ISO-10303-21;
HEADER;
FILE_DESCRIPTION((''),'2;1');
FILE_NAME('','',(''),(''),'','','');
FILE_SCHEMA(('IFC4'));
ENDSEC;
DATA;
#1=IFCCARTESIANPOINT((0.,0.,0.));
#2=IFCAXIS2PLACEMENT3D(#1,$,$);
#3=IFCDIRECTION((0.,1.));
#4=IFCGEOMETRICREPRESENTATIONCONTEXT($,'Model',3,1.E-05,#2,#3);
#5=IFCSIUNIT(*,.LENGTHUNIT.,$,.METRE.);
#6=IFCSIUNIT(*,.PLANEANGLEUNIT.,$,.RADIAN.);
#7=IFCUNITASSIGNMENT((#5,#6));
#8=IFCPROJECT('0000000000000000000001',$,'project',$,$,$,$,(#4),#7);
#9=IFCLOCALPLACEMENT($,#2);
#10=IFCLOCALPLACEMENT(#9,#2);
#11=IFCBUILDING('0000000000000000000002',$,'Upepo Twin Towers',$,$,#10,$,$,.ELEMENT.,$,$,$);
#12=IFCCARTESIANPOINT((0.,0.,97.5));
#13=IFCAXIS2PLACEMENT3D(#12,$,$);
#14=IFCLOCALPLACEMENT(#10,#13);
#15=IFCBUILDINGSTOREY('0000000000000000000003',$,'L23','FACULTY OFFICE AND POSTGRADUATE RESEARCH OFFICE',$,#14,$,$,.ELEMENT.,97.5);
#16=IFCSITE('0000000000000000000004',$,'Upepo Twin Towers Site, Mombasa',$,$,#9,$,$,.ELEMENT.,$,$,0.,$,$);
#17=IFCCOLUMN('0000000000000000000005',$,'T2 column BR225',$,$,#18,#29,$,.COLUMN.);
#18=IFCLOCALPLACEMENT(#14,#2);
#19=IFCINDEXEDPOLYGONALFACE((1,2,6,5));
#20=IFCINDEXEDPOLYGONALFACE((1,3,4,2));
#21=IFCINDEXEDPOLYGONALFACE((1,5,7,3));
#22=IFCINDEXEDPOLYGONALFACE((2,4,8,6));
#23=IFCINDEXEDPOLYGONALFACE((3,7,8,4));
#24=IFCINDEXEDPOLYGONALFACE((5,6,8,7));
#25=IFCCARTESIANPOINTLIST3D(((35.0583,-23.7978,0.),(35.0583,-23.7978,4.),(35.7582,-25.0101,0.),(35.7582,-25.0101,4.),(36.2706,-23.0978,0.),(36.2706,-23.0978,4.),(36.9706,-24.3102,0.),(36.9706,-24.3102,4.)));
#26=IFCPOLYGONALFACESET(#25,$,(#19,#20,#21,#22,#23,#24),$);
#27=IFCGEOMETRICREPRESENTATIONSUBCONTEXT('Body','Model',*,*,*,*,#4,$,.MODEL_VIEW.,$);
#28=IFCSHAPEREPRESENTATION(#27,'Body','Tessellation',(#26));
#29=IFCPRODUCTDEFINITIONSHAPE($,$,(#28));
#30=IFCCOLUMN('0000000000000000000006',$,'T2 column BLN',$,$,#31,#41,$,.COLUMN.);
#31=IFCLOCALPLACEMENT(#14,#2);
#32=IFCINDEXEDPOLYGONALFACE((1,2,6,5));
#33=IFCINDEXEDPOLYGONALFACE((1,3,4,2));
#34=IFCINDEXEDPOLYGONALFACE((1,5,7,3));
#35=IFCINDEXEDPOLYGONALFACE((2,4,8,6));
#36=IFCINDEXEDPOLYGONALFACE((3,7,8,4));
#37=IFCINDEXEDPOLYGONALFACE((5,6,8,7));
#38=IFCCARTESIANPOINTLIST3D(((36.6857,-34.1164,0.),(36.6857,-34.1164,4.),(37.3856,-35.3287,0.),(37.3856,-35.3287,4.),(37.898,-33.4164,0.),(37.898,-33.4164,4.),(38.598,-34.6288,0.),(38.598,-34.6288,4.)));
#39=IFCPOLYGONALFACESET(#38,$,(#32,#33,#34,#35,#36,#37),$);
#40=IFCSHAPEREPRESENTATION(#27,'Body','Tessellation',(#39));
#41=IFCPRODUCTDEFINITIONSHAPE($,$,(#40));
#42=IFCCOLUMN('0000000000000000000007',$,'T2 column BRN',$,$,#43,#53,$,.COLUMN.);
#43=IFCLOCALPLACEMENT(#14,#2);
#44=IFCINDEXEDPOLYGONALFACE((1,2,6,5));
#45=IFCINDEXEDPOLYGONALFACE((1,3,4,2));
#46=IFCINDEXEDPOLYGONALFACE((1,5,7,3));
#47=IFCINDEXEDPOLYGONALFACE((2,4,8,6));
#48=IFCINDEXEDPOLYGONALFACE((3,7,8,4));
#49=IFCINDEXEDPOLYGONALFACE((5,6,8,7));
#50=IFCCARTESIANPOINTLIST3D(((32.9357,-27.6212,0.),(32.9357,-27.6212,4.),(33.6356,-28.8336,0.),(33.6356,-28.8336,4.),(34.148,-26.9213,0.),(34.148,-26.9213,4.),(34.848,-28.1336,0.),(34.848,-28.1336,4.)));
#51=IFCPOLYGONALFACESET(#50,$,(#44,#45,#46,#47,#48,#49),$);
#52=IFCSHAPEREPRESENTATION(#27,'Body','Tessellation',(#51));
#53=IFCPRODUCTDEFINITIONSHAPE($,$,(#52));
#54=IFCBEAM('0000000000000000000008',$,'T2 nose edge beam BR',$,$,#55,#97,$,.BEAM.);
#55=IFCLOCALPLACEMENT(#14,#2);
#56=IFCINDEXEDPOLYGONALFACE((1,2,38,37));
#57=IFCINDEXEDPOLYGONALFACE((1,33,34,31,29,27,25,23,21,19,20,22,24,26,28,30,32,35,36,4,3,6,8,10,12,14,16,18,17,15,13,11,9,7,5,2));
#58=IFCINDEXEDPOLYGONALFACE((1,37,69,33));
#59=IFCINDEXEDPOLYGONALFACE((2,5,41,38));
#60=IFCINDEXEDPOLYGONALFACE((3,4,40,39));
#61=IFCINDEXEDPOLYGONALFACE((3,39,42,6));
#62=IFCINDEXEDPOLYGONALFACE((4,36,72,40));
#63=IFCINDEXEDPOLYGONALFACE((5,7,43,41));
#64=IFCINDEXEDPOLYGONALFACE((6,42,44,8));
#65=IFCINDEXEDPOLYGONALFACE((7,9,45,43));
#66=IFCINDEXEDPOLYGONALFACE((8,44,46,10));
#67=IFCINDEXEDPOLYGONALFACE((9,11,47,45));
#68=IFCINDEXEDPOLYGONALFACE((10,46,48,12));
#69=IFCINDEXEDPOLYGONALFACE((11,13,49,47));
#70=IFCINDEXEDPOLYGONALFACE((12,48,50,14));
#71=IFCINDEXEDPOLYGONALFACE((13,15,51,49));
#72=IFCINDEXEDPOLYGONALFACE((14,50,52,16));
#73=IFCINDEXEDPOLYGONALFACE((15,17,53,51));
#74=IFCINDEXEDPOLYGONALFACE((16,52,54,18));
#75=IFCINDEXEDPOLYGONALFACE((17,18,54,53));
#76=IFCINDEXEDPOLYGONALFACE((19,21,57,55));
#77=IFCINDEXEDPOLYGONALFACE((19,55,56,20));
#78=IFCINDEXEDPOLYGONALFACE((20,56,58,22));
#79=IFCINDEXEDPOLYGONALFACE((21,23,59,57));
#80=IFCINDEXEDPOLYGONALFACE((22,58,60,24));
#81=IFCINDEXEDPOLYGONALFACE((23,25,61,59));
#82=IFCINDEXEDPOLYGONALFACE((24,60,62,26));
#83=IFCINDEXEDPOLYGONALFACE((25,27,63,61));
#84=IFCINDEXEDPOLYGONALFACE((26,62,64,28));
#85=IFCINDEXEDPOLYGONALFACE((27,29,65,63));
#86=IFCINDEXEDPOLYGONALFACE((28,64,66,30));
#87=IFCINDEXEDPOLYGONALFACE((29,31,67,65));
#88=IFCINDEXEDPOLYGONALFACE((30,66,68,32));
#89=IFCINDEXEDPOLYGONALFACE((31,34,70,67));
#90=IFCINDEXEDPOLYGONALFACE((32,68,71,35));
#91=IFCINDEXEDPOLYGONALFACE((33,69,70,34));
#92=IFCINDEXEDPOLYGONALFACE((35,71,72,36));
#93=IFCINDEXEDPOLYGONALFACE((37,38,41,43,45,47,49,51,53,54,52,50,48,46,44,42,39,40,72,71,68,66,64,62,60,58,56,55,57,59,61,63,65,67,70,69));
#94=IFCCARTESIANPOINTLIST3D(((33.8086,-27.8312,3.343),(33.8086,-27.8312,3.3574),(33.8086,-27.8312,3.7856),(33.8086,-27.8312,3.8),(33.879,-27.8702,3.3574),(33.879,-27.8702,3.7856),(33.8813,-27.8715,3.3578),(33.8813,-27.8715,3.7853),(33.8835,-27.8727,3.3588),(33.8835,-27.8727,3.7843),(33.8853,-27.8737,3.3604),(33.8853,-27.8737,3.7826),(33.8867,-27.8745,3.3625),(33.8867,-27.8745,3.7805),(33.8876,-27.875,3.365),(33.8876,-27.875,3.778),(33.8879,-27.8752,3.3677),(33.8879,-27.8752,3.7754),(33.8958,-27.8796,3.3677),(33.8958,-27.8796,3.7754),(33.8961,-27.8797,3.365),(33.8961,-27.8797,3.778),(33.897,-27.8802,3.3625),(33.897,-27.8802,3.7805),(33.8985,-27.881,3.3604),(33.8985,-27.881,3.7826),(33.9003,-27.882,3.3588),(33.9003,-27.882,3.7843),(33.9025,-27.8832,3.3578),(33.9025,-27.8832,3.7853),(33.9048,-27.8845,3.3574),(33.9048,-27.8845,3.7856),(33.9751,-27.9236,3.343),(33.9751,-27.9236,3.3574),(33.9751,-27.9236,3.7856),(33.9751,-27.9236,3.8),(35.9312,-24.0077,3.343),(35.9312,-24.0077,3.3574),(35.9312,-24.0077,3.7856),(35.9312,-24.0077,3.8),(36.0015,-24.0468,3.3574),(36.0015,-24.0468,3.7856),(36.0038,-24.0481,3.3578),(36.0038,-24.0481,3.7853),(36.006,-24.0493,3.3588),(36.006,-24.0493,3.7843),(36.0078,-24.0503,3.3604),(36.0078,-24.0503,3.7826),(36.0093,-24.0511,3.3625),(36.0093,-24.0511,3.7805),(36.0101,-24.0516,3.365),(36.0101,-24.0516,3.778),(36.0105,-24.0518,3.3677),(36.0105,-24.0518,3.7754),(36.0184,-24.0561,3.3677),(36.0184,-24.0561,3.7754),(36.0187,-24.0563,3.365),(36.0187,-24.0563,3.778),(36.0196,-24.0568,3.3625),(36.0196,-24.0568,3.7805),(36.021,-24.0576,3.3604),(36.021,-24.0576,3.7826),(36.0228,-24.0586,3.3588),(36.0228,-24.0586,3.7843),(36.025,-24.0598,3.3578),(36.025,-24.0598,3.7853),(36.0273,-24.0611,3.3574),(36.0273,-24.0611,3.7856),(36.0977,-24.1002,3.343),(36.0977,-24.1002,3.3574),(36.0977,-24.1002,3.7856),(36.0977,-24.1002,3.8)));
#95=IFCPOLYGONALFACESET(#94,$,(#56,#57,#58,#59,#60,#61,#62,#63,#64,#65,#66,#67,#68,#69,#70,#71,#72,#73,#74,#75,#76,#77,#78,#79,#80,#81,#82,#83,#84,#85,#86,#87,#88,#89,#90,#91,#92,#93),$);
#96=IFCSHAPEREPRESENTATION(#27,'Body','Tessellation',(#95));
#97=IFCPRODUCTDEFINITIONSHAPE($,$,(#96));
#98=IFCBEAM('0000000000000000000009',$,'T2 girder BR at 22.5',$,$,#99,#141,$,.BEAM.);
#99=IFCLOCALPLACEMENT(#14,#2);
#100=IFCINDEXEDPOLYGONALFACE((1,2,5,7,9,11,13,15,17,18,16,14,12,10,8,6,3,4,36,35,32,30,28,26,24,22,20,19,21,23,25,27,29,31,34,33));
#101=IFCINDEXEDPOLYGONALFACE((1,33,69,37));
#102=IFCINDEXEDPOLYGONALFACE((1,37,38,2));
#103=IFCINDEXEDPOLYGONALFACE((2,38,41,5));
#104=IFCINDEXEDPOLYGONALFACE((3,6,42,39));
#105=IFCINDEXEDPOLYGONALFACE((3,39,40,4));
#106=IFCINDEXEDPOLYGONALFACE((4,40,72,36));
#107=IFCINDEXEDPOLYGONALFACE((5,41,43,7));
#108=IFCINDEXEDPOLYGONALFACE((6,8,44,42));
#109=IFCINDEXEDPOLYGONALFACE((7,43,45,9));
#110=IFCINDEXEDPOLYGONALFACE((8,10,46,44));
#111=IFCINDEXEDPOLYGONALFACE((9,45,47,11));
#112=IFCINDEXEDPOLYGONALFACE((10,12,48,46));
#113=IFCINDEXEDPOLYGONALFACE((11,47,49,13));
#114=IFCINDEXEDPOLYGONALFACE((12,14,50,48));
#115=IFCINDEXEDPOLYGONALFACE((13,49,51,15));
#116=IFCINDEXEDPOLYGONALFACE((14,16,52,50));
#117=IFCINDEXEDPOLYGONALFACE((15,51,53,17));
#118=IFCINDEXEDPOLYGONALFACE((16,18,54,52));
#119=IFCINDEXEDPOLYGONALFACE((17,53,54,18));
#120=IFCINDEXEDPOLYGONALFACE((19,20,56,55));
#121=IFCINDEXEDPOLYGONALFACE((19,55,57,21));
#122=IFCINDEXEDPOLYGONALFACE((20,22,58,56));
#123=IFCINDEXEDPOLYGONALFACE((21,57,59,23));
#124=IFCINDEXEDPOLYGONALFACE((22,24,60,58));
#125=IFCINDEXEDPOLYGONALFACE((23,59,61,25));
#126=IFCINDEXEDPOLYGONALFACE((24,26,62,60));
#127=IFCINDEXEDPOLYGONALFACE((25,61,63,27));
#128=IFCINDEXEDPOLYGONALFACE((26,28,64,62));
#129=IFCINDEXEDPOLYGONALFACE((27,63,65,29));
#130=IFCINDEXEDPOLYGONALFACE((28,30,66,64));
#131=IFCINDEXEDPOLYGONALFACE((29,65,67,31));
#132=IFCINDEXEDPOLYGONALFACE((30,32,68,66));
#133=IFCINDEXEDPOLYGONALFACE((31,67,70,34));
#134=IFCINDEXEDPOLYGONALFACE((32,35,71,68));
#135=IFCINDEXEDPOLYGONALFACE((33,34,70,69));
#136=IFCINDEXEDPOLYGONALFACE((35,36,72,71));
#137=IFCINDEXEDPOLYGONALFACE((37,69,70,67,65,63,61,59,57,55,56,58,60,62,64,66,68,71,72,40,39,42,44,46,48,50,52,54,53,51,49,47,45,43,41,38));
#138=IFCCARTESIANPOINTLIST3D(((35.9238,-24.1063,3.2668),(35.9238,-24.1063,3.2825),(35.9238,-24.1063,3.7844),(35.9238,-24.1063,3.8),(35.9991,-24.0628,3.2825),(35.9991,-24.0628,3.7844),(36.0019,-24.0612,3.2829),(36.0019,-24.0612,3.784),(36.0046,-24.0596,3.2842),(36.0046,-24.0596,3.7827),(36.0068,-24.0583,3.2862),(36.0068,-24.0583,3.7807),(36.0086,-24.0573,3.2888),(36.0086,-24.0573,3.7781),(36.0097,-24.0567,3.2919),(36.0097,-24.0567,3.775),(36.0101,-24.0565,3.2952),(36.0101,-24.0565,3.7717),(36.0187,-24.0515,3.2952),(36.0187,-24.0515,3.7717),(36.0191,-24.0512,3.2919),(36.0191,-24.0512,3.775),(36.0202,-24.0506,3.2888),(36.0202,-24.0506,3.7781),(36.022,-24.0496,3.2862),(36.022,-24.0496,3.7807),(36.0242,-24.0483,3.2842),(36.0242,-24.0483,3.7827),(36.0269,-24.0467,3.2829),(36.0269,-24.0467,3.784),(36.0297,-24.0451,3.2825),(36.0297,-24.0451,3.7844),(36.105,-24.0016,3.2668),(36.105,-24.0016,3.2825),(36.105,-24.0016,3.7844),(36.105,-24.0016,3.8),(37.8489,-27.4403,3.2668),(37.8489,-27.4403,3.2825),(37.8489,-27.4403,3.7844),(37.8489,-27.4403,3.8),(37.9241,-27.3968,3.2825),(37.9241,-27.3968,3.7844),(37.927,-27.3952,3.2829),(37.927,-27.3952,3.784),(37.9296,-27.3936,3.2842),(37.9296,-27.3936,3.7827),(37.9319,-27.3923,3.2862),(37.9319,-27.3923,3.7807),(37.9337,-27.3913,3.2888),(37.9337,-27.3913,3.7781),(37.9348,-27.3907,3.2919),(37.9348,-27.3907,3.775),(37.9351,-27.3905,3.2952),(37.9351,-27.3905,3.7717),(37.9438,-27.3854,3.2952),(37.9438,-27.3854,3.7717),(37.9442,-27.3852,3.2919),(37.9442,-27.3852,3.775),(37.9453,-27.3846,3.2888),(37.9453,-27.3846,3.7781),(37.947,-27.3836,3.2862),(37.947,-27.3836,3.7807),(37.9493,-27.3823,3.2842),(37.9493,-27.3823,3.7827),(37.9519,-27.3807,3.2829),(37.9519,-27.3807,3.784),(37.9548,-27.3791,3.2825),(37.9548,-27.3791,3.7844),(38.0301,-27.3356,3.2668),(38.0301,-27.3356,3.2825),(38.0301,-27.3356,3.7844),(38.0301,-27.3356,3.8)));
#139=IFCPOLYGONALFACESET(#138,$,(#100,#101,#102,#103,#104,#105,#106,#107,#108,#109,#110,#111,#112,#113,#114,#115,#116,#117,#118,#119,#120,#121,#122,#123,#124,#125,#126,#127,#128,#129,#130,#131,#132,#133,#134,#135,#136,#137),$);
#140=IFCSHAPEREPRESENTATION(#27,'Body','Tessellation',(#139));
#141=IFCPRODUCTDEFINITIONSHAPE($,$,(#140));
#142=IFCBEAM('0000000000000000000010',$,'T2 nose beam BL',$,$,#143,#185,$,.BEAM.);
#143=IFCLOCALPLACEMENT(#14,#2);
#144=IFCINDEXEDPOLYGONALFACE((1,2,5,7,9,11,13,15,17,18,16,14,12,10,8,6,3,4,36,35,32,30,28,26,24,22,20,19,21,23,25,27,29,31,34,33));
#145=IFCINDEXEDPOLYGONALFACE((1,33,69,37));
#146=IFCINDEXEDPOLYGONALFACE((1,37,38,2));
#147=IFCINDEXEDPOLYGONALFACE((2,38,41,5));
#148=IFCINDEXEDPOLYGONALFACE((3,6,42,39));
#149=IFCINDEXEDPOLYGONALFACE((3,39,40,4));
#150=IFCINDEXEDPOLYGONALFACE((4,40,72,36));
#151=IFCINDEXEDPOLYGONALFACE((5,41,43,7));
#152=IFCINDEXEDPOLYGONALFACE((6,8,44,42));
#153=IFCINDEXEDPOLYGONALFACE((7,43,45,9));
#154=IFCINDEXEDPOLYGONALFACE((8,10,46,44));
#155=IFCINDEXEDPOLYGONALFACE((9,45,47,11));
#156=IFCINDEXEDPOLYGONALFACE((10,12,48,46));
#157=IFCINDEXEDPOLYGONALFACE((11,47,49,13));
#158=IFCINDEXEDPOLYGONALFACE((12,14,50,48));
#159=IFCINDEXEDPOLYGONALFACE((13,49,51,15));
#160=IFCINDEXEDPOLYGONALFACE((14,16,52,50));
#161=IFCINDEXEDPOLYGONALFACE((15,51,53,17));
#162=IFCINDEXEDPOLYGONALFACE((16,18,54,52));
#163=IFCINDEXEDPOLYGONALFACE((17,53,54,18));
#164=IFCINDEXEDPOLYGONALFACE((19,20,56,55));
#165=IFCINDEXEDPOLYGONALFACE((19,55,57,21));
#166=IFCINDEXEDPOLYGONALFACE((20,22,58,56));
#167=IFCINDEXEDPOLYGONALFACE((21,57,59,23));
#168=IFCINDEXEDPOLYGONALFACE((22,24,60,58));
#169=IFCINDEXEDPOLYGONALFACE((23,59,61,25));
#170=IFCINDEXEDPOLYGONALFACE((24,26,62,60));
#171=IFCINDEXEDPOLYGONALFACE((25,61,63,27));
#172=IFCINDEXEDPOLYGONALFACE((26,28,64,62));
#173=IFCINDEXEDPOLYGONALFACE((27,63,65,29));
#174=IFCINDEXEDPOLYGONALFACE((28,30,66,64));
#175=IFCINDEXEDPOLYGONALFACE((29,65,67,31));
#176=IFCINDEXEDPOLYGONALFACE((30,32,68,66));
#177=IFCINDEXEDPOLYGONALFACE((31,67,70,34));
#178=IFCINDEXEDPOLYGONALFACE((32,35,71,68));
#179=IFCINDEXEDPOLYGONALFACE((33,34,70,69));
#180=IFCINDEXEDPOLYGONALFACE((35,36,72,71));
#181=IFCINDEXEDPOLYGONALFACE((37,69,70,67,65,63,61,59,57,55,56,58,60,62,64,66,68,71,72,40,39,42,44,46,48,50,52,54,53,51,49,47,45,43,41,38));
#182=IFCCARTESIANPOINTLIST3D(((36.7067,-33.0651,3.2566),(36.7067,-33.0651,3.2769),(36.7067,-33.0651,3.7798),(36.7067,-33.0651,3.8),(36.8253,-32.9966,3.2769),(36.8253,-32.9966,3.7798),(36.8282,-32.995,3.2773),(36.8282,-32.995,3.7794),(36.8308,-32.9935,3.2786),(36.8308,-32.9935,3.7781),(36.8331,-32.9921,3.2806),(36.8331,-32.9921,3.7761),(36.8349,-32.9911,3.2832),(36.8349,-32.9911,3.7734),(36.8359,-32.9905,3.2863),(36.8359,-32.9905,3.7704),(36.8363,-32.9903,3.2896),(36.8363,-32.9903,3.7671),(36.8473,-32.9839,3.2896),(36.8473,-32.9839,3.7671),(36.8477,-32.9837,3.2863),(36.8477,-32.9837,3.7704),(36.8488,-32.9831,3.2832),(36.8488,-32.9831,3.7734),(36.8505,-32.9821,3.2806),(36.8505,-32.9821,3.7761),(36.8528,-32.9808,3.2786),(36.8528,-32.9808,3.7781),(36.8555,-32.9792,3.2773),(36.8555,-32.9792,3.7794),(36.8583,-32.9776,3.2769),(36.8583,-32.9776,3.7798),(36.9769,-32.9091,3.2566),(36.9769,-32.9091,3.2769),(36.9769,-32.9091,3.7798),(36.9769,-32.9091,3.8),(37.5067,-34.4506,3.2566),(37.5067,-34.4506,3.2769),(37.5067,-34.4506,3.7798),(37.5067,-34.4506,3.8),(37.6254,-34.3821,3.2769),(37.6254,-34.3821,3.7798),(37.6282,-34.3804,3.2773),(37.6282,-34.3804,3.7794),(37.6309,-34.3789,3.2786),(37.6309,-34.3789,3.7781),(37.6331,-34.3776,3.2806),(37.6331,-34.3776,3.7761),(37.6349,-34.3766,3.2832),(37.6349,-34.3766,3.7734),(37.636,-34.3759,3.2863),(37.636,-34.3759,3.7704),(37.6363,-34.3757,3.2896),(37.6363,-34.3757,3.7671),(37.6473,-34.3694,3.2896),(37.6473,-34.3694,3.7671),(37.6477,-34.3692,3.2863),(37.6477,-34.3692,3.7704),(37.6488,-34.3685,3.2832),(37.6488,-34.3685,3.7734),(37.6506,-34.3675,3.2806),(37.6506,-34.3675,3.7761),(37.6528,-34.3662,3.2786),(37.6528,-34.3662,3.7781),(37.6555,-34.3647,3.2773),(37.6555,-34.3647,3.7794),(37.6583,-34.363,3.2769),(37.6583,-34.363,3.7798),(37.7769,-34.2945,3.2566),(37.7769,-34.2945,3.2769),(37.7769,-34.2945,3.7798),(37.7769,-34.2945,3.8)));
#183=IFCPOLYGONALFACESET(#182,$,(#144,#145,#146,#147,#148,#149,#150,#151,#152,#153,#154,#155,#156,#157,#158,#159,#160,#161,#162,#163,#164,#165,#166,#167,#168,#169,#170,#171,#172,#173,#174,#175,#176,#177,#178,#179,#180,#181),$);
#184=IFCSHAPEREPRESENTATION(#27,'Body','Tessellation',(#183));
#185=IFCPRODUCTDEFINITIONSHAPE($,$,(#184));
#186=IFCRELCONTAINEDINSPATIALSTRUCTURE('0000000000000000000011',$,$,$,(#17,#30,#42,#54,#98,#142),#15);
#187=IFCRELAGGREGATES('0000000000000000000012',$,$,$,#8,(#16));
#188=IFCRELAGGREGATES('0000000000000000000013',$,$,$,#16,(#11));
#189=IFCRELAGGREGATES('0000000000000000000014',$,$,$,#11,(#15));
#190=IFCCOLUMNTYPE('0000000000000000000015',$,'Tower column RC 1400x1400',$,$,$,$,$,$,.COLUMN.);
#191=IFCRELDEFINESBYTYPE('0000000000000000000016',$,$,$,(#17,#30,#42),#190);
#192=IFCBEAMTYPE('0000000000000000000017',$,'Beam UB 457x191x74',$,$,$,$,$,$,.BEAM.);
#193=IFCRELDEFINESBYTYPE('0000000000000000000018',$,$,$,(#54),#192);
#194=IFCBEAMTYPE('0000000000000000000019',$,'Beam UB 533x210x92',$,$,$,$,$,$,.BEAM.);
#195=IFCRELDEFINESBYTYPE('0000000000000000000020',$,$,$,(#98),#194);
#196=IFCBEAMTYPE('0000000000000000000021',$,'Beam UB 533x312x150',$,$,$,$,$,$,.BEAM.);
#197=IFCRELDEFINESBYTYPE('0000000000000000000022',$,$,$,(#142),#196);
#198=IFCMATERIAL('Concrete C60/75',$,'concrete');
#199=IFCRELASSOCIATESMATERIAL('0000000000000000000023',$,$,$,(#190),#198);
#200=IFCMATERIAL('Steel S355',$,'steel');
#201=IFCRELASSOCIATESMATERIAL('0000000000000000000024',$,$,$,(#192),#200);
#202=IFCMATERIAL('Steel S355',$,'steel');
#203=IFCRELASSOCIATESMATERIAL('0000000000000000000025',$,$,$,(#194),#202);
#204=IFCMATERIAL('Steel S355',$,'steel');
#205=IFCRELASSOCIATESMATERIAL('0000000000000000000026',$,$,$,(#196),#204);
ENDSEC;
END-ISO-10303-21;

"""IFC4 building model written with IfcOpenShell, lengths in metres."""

from ifc_helpers import new_model, si_unit, direction, frame, origin, origin_2d, place, context, subcontext, project, spatial, rectangle, i_section, extrude, material, material_profile, profile_set, type_object, element, save


model = new_model("IFC4")

# Units and contexts
model_context = context("Model", 3, precision=1e-05, world=origin(), true_north=direction((0.0, 1.0)))
body_context = subcontext(model_context, "Body", "Model", "MODEL_VIEW")
ifc_project = project(units=[si_unit("LENGTHUNIT", "METRE"), si_unit("PLANEANGLEUNIT", "RADIAN")], contexts=[model_context])

# Site, building, storey
site_placement = place(None, origin())
site = spatial("IfcSite", under=ifc_project, at=site_placement, Name="Upepo Twin Towers Site, Mombasa", CompositionType="ELEMENT", RefElevation=0.0)
building_placement = place(site_placement, origin())
building = spatial("IfcBuilding", under=site, at=building_placement, Name="Upepo Twin Towers", CompositionType="ELEMENT")
storey_placement = place(building_placement, frame((0.0, 0.0, 97.5)))
storey = spatial("IfcBuildingStorey", under=building, at=storey_placement, Name="L23", Description="FACULTY OFFICE AND POSTGRADUATE RESEARCH OFFICE", CompositionType="ELEMENT", Elevation=97.5)

# Columns
ifc_material_1 = material(Name="Concrete C60/75", Category="concrete")
ifc_material_profile_1 = material_profile(ifc_material_1, rectangle(XDim=1.3999, YDim=1.3999, at=origin_2d()), Name="RC 1400x1400")
ifc_profile_set_1 = profile_set([ifc_material_profile_1], Name="Concrete C60/75")
column_type = type_object("IfcColumnType", Name="Tower column RC 1400x1400", PredefinedType="COLUMN", material=ifc_profile_set_1)
for number, where, z_axis, x_axis, name in (
    (1, (36.0144, -24.054, 0.0), (0.0, 0.0, 1.0), (0.866025, 0.5, 0.0), "T2 column BR225"),
    (2, (37.6418, -34.3726, 0.0), (0.0, 0.0, 1.0), (0.866025, 0.5, 0.0), "T2 column BLN"),
    (3, (33.8918, -27.8774, 0.0), (0.0, 0.0, 1.0), (0.866025, 0.5, 0.0), "T2 column BRN"),
):
    element("IfcColumn", number, at=place(storey_placement, frame(where, z_axis=z_axis, x_axis=x_axis)), inside=storey, type_object=column_type, Name=name, PredefinedType="COLUMN", context=body_context, shape_type="SweptSolid", body=[
        extrude(rectangle(XDim=1.3999, YDim=1.3999, at=origin_2d()), origin(), (0.0, 0.0, 1.0), 4.0),
    ])

# Beams
ifc_material_2 = material(Name="Steel S355", Category="steel")
ifc_material_profile_2 = material_profile(ifc_material_2, i_section(OverallWidth=0.1904, OverallDepth=0.457, WebThickness=0.009, FlangeThickness=0.0144, FilletRadius=0.0103, at=origin_2d()), Name="UB 457x191x74")
ifc_profile_set_2 = profile_set([ifc_material_profile_2], Name="Steel S355")
beam_type_1 = type_object("IfcBeamType", Name="Beam UB 457x191x74", PredefinedType="BEAM", material=ifc_profile_set_2)
beam_1_placement = place(storey_placement, frame((36.0144, -24.054, 3.5715), z_axis=(-0.485363, -0.874313, 0.0), x_axis=(0.874313, -0.485363, 0.0)))
element("IfcBeam", 4, at=beam_1_placement, inside=storey, type_object=beam_type_1, Name="T2 nose edge beam BR", PredefinedType="BEAM", context=body_context, shape_type="SweptSolid", body=[
    extrude(i_section(OverallWidth=0.1904, OverallDepth=0.457, WebThickness=0.009, FlangeThickness=0.0144, FilletRadius=0.0103, at=origin_2d()), origin(), (0.0, 0.0, 1.0), 4.373),
])
ifc_material_3 = material(Name="Steel S355", Category="steel")
ifc_material_profile_3 = material_profile(ifc_material_3, i_section(OverallWidth=0.2092, OverallDepth=0.5332, WebThickness=0.01, FlangeThickness=0.0156, FilletRadius=0.0127, at=origin_2d()), Name="UB 533x210x92")
ifc_profile_set_3 = profile_set([ifc_material_profile_3], Name="Steel S355")
beam_type_2 = type_object("IfcBeamType", Name="Beam UB 533x210x92", PredefinedType="BEAM", material=ifc_profile_set_3)
beam_2_placement = place(storey_placement, frame((36.0144, -24.054, 3.5334), z_axis=(0.500034, -0.866006, 0.0), x_axis=(0.866006, 0.500034, 0.0)))
element("IfcBeam", 5, at=beam_2_placement, inside=storey, type_object=beam_type_2, Name="T2 girder BR at 22.5", PredefinedType="BEAM", context=body_context, shape_type="SweptSolid", body=[
    extrude(i_section(OverallWidth=0.2092, OverallDepth=0.5332, WebThickness=0.01, FlangeThickness=0.0156, FilletRadius=0.0127, at=origin_2d()), origin(), (0.0, 0.0, 1.0), 3.8499),
])
ifc_material_4 = material(Name="Steel S355", Category="steel")
ifc_material_profile_4 = material_profile(ifc_material_4, i_section(OverallWidth=0.312, OverallDepth=0.5435, WebThickness=0.0127, FlangeThickness=0.0203, FilletRadius=0.0127, at=origin_2d()), Name="UB 533x312x150")
ifc_profile_set_4 = profile_set([ifc_material_profile_4], Name="Steel S355")
beam_type_3 = type_object("IfcBeamType", Name="Beam UB 533x312x150", PredefinedType="BEAM", material=ifc_profile_set_4)
for number, where, z_axis, x_axis, name in (
    (6, (37.6418, -34.3726, 3.5283), (-0.500061, 0.86599, 0.0), (-0.86599, -0.500061, 0.0), "T2 nose beam BL"),
):
    element("IfcBeam", number, at=place(storey_placement, frame(where, z_axis=z_axis, x_axis=x_axis)), inside=storey, type_object=beam_type_3, Name=name, PredefinedType="BEAM", context=body_context, shape_type="SweptSolid", body=[
        extrude(i_section(OverallWidth=0.312, OverallDepth=0.5435, WebThickness=0.0127, FlangeThickness=0.0203, FilletRadius=0.0127, at=origin_2d()), origin(), (0.0, 0.0, 1.0), 1.5999),
    ])

save(model, "model.ifc")
